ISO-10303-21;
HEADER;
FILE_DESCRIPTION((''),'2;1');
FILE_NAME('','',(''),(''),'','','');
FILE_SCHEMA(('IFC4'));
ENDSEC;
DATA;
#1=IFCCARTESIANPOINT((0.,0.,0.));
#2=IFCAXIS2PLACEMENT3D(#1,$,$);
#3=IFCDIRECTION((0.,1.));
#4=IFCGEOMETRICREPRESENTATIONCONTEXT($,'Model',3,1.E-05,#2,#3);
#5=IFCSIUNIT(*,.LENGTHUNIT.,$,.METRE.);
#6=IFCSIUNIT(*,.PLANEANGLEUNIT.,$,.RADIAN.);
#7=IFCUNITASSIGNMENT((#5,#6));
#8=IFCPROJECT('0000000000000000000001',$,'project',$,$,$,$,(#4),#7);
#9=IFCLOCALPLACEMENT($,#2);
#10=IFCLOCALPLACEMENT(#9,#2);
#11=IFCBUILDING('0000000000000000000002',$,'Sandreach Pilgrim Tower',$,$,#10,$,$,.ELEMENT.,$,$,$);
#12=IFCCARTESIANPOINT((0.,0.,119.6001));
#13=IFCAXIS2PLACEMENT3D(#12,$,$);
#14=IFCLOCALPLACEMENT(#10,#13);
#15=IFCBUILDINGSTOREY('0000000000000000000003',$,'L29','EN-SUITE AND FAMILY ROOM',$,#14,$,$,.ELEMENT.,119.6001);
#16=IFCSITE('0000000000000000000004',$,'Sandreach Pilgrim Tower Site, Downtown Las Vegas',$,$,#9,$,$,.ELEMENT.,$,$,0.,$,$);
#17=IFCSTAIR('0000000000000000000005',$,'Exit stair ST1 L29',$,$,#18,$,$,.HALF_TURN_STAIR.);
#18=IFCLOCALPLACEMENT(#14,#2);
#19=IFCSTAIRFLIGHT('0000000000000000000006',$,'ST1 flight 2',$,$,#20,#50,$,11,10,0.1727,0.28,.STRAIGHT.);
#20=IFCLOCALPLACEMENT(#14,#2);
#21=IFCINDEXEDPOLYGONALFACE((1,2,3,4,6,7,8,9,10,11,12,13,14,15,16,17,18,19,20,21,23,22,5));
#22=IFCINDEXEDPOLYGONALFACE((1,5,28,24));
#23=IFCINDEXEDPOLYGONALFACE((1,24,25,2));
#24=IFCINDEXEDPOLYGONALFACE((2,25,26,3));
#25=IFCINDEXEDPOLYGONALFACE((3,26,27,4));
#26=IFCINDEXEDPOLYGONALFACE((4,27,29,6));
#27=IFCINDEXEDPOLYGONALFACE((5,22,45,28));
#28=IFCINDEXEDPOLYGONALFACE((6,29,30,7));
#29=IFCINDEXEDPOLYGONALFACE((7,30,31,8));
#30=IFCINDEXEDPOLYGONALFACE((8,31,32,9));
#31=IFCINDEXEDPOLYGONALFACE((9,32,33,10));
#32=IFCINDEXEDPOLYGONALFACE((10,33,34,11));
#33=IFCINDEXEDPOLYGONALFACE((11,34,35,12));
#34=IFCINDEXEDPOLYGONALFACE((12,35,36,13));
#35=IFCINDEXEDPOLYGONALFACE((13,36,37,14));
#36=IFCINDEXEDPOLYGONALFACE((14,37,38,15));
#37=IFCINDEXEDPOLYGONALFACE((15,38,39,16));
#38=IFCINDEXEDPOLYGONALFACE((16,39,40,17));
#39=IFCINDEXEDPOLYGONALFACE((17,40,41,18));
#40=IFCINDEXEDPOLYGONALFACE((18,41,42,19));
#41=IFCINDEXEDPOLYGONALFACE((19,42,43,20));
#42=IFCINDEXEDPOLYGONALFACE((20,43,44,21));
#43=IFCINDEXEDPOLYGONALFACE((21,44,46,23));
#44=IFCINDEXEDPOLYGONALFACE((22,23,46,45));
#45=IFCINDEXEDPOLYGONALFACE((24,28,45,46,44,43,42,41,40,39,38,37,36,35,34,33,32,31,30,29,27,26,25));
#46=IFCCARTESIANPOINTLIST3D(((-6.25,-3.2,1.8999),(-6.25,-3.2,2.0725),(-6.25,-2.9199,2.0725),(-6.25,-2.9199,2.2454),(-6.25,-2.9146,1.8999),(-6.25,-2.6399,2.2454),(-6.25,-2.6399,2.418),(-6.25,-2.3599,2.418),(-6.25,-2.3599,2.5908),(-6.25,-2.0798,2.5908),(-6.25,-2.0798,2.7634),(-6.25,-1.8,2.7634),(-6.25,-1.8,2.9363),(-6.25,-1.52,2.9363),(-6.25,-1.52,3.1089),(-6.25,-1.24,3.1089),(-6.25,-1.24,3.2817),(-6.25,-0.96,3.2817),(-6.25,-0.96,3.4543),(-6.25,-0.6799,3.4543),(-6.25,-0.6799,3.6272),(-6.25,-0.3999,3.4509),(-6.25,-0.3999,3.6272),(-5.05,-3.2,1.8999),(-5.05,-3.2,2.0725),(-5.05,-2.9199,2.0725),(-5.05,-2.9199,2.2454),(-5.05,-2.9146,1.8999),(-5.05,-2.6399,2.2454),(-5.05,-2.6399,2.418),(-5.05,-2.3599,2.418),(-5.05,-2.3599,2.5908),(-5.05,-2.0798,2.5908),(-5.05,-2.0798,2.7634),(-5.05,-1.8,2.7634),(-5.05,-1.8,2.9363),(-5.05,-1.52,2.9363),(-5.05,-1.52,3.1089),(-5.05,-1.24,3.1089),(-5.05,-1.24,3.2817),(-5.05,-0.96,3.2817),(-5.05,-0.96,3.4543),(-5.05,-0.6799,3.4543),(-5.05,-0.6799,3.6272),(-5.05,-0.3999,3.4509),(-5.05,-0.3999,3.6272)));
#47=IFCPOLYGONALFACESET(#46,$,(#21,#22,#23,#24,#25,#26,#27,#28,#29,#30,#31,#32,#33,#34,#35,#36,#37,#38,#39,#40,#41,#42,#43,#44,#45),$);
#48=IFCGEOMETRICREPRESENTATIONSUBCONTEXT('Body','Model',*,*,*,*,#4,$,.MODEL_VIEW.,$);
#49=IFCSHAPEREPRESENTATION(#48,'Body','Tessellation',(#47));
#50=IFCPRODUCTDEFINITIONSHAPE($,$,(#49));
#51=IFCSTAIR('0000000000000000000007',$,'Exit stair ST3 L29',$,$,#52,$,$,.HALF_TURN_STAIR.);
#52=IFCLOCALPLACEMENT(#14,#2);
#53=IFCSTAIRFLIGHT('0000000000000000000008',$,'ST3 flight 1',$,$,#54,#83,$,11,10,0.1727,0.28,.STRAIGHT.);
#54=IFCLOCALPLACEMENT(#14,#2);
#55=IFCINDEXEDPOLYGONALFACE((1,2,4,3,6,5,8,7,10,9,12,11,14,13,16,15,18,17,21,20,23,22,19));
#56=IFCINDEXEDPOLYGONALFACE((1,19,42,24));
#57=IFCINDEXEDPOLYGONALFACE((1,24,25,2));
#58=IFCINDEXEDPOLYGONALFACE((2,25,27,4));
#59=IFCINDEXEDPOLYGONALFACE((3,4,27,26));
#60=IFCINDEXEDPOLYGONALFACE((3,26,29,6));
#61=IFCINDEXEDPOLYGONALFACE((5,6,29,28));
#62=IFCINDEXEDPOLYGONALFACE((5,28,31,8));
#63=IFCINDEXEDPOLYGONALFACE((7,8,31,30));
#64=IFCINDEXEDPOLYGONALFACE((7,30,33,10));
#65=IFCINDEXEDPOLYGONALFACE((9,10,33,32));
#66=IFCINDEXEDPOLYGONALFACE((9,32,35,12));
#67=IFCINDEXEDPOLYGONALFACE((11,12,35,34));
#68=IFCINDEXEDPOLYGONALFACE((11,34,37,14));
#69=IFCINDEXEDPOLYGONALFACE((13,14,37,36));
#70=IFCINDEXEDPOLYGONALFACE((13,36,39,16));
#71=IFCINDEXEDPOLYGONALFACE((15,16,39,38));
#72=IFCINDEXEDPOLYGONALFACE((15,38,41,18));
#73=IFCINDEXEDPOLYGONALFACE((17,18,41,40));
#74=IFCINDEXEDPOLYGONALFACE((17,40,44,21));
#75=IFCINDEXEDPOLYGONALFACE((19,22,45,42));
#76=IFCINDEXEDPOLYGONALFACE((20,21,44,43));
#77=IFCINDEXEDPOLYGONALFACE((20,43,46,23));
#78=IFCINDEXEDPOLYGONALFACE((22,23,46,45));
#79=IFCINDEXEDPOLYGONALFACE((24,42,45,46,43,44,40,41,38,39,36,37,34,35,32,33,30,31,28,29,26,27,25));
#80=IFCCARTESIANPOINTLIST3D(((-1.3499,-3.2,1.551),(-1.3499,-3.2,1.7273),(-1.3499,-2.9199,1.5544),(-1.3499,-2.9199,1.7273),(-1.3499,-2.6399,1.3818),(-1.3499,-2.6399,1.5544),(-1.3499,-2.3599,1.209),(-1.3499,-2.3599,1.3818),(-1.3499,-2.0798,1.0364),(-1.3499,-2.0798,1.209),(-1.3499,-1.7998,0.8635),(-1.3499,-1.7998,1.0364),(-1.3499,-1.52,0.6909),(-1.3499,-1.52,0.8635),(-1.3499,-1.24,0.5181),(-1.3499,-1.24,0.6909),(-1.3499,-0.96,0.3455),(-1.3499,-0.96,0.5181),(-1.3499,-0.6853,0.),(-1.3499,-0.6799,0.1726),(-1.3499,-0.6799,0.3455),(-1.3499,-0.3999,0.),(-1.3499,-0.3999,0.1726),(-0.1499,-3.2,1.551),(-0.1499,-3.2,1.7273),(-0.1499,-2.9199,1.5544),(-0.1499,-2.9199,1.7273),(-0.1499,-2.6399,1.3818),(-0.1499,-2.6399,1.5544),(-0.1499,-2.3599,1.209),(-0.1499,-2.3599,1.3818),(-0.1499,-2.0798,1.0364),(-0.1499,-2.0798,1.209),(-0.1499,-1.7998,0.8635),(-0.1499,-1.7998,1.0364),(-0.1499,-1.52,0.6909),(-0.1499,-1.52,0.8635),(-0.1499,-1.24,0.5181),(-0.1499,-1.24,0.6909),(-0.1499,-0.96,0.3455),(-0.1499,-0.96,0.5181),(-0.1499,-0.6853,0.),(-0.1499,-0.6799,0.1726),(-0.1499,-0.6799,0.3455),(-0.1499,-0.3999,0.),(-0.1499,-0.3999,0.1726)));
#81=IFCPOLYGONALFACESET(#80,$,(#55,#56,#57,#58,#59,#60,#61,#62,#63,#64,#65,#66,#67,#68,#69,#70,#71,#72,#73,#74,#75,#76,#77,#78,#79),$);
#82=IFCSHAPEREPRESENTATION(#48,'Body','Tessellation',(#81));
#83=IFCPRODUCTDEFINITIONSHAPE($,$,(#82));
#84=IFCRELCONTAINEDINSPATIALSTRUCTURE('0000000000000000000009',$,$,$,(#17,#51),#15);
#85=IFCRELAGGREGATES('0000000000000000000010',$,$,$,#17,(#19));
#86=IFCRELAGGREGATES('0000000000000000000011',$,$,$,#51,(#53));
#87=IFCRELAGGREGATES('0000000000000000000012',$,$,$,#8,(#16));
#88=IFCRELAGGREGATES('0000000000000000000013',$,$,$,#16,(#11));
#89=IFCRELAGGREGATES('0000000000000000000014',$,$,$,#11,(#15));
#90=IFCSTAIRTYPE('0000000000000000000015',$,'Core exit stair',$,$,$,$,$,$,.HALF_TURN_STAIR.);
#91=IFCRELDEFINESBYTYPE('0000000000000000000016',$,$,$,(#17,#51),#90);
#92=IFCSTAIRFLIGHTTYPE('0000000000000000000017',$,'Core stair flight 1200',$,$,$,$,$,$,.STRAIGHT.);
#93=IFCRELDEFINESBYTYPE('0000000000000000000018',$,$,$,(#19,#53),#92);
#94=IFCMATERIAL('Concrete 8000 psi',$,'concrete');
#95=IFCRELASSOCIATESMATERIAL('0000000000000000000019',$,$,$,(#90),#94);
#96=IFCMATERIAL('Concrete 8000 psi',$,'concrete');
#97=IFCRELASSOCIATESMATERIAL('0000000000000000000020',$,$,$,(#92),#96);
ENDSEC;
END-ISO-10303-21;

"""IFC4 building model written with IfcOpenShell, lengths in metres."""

from ifc_helpers import new_model, si_unit, direction, frame, origin, place, context, subcontext, project, spatial, polyline, outline, extrude, material, type_object, element, aggregate, save


model = new_model("IFC4")

# Units and contexts
model_context = context("Model", 3, precision=1e-05, world=origin(), true_north=direction((0.0, 1.0)))
body_context = subcontext(model_context, "Body", "Model", "MODEL_VIEW")
ifc_project = project(units=[si_unit("LENGTHUNIT", "METRE"), si_unit("PLANEANGLEUNIT", "RADIAN")], contexts=[model_context])

# Site, building, storey
site_placement = place(None, origin())
site = spatial("IfcSite", under=ifc_project, at=site_placement, Name="Sandreach Pilgrim Tower Site, Downtown Las Vegas", CompositionType="ELEMENT", RefElevation=0.0)
building_placement = place(site_placement, origin())
building = spatial("IfcBuilding", under=site, at=building_placement, Name="Sandreach Pilgrim Tower", CompositionType="ELEMENT")
storey_placement = place(building_placement, frame((0.0, 0.0, 119.6001)))
storey = spatial("IfcBuildingStorey", under=building, at=storey_placement, Name="L29", Description="EN-SUITE AND FAMILY ROOM", CompositionType="ELEMENT", Elevation=119.6001)

# Stair, stair flight
ifc_material_1 = material(Name="Concrete 8000 psi", Category="concrete")
stair_type = type_object("IfcStairType", Name="Core exit stair", PredefinedType="HALF_TURN_STAIR", material=ifc_material_1)
stair_1_placement = place(storey_placement, origin())
stair_1 = element("IfcStair", 1, at=stair_1_placement, inside=storey, type_object=stair_type, Name="Exit stair ST1 L29", PredefinedType="HALF_TURN_STAIR")
ifc_material_2 = material(Name="Concrete 8000 psi", Category="concrete")
stair_flight_type = type_object("IfcStairFlightType", Name="Core stair flight 1200", PredefinedType="STRAIGHT", material=ifc_material_2)
stair_flight_1_placement = place(storey_placement, frame((-5.6499, -3.2, 1.8999), z_axis=(0.0, 0.0, 1.0), x_axis=(0.0, 1.0, 0.0)))
stair_flight_1 = element("IfcStairFlight", 2, at=stair_flight_1_placement, type_object=stair_flight_type, Name="ST1 flight 2", NumberOfRisers=11, NumberOfTreads=10, PredefinedType="STRAIGHT", RiserHeight=0.1727, TreadLength=0.28, context=body_context, shape_type="SweptSolid", body=[
    extrude(outline(polyline([(0.0, 0.0), (0.0, 0.1726), (0.28, 0.1726), (0.28, 0.3455), (0.5601, 0.3455), (0.5601, 0.5181), (0.8401, 0.5181), (0.8401, 0.6909), (1.1201, 0.6909), (1.1201, 0.8635), (1.3999, 0.8635), (1.3999, 1.0364), (1.6799, 1.0364), (1.6799, 1.209), (1.96, 1.209), (1.96, 1.3818), (2.24, 1.3818), (2.24, 1.5544), (2.52, 1.5544), (2.52, 1.7273), (2.8, 1.7273), (2.8, 1.8999), (2.8, 1.551), (0.2854, 0.0), (0.0, 0.0)])), frame((0.0, 0.6001, 0.0), z_axis=(0.0, -1.0, 0.0), x_axis=(1.0, 0.0, 0.0)), (0.0, 0.0, 1.0), 1.2),
])
aggregate(stair_1, [stair_flight_1])

# Stair, stair flight
stair_2_placement = place(storey_placement, origin())
stair_2 = element("IfcStair", 3, at=stair_2_placement, inside=storey, type_object=stair_type, Name="Exit stair ST3 L29", PredefinedType="HALF_TURN_STAIR")
stair_flight_2_placement = place(storey_placement, frame((-0.75, -0.3999, 0.0), z_axis=(0.0, 0.0, 1.0), x_axis=(0.0, -1.0, 0.0)))
stair_flight_2 = element("IfcStairFlight", 4, at=stair_flight_2_placement, type_object=stair_flight_type, Name="ST3 flight 1", NumberOfRisers=11, NumberOfTreads=10, PredefinedType="STRAIGHT", RiserHeight=0.1727, TreadLength=0.28, context=body_context, shape_type="SweptSolid", body=[
    extrude(outline(polyline([(0.0, 0.0), (0.0, 0.1726), (0.28, 0.1726), (0.28, 0.3455), (0.5601, 0.3455), (0.5601, 0.5181), (0.8401, 0.5181), (0.8401, 0.6909), (1.1201, 0.6909), (1.1201, 0.8635), (1.3999, 0.8635), (1.3999, 1.0364), (1.6799, 1.0364), (1.6799, 1.209), (1.96, 1.209), (1.96, 1.3818), (2.24, 1.3818), (2.24, 1.5544), (2.52, 1.5544), (2.52, 1.7273), (2.8, 1.7273), (2.8, 1.8999), (2.8, 1.551), (0.2854, 0.0), (0.0, 0.0)])), frame((0.0, 0.6001, 0.0), z_axis=(0.0, -1.0, 0.0), x_axis=(1.0, 0.0, 0.0)), (0.0, 0.0, 1.0), 1.2),
])
aggregate(stair_2, [stair_flight_2])

save(model, "model.ifc")
